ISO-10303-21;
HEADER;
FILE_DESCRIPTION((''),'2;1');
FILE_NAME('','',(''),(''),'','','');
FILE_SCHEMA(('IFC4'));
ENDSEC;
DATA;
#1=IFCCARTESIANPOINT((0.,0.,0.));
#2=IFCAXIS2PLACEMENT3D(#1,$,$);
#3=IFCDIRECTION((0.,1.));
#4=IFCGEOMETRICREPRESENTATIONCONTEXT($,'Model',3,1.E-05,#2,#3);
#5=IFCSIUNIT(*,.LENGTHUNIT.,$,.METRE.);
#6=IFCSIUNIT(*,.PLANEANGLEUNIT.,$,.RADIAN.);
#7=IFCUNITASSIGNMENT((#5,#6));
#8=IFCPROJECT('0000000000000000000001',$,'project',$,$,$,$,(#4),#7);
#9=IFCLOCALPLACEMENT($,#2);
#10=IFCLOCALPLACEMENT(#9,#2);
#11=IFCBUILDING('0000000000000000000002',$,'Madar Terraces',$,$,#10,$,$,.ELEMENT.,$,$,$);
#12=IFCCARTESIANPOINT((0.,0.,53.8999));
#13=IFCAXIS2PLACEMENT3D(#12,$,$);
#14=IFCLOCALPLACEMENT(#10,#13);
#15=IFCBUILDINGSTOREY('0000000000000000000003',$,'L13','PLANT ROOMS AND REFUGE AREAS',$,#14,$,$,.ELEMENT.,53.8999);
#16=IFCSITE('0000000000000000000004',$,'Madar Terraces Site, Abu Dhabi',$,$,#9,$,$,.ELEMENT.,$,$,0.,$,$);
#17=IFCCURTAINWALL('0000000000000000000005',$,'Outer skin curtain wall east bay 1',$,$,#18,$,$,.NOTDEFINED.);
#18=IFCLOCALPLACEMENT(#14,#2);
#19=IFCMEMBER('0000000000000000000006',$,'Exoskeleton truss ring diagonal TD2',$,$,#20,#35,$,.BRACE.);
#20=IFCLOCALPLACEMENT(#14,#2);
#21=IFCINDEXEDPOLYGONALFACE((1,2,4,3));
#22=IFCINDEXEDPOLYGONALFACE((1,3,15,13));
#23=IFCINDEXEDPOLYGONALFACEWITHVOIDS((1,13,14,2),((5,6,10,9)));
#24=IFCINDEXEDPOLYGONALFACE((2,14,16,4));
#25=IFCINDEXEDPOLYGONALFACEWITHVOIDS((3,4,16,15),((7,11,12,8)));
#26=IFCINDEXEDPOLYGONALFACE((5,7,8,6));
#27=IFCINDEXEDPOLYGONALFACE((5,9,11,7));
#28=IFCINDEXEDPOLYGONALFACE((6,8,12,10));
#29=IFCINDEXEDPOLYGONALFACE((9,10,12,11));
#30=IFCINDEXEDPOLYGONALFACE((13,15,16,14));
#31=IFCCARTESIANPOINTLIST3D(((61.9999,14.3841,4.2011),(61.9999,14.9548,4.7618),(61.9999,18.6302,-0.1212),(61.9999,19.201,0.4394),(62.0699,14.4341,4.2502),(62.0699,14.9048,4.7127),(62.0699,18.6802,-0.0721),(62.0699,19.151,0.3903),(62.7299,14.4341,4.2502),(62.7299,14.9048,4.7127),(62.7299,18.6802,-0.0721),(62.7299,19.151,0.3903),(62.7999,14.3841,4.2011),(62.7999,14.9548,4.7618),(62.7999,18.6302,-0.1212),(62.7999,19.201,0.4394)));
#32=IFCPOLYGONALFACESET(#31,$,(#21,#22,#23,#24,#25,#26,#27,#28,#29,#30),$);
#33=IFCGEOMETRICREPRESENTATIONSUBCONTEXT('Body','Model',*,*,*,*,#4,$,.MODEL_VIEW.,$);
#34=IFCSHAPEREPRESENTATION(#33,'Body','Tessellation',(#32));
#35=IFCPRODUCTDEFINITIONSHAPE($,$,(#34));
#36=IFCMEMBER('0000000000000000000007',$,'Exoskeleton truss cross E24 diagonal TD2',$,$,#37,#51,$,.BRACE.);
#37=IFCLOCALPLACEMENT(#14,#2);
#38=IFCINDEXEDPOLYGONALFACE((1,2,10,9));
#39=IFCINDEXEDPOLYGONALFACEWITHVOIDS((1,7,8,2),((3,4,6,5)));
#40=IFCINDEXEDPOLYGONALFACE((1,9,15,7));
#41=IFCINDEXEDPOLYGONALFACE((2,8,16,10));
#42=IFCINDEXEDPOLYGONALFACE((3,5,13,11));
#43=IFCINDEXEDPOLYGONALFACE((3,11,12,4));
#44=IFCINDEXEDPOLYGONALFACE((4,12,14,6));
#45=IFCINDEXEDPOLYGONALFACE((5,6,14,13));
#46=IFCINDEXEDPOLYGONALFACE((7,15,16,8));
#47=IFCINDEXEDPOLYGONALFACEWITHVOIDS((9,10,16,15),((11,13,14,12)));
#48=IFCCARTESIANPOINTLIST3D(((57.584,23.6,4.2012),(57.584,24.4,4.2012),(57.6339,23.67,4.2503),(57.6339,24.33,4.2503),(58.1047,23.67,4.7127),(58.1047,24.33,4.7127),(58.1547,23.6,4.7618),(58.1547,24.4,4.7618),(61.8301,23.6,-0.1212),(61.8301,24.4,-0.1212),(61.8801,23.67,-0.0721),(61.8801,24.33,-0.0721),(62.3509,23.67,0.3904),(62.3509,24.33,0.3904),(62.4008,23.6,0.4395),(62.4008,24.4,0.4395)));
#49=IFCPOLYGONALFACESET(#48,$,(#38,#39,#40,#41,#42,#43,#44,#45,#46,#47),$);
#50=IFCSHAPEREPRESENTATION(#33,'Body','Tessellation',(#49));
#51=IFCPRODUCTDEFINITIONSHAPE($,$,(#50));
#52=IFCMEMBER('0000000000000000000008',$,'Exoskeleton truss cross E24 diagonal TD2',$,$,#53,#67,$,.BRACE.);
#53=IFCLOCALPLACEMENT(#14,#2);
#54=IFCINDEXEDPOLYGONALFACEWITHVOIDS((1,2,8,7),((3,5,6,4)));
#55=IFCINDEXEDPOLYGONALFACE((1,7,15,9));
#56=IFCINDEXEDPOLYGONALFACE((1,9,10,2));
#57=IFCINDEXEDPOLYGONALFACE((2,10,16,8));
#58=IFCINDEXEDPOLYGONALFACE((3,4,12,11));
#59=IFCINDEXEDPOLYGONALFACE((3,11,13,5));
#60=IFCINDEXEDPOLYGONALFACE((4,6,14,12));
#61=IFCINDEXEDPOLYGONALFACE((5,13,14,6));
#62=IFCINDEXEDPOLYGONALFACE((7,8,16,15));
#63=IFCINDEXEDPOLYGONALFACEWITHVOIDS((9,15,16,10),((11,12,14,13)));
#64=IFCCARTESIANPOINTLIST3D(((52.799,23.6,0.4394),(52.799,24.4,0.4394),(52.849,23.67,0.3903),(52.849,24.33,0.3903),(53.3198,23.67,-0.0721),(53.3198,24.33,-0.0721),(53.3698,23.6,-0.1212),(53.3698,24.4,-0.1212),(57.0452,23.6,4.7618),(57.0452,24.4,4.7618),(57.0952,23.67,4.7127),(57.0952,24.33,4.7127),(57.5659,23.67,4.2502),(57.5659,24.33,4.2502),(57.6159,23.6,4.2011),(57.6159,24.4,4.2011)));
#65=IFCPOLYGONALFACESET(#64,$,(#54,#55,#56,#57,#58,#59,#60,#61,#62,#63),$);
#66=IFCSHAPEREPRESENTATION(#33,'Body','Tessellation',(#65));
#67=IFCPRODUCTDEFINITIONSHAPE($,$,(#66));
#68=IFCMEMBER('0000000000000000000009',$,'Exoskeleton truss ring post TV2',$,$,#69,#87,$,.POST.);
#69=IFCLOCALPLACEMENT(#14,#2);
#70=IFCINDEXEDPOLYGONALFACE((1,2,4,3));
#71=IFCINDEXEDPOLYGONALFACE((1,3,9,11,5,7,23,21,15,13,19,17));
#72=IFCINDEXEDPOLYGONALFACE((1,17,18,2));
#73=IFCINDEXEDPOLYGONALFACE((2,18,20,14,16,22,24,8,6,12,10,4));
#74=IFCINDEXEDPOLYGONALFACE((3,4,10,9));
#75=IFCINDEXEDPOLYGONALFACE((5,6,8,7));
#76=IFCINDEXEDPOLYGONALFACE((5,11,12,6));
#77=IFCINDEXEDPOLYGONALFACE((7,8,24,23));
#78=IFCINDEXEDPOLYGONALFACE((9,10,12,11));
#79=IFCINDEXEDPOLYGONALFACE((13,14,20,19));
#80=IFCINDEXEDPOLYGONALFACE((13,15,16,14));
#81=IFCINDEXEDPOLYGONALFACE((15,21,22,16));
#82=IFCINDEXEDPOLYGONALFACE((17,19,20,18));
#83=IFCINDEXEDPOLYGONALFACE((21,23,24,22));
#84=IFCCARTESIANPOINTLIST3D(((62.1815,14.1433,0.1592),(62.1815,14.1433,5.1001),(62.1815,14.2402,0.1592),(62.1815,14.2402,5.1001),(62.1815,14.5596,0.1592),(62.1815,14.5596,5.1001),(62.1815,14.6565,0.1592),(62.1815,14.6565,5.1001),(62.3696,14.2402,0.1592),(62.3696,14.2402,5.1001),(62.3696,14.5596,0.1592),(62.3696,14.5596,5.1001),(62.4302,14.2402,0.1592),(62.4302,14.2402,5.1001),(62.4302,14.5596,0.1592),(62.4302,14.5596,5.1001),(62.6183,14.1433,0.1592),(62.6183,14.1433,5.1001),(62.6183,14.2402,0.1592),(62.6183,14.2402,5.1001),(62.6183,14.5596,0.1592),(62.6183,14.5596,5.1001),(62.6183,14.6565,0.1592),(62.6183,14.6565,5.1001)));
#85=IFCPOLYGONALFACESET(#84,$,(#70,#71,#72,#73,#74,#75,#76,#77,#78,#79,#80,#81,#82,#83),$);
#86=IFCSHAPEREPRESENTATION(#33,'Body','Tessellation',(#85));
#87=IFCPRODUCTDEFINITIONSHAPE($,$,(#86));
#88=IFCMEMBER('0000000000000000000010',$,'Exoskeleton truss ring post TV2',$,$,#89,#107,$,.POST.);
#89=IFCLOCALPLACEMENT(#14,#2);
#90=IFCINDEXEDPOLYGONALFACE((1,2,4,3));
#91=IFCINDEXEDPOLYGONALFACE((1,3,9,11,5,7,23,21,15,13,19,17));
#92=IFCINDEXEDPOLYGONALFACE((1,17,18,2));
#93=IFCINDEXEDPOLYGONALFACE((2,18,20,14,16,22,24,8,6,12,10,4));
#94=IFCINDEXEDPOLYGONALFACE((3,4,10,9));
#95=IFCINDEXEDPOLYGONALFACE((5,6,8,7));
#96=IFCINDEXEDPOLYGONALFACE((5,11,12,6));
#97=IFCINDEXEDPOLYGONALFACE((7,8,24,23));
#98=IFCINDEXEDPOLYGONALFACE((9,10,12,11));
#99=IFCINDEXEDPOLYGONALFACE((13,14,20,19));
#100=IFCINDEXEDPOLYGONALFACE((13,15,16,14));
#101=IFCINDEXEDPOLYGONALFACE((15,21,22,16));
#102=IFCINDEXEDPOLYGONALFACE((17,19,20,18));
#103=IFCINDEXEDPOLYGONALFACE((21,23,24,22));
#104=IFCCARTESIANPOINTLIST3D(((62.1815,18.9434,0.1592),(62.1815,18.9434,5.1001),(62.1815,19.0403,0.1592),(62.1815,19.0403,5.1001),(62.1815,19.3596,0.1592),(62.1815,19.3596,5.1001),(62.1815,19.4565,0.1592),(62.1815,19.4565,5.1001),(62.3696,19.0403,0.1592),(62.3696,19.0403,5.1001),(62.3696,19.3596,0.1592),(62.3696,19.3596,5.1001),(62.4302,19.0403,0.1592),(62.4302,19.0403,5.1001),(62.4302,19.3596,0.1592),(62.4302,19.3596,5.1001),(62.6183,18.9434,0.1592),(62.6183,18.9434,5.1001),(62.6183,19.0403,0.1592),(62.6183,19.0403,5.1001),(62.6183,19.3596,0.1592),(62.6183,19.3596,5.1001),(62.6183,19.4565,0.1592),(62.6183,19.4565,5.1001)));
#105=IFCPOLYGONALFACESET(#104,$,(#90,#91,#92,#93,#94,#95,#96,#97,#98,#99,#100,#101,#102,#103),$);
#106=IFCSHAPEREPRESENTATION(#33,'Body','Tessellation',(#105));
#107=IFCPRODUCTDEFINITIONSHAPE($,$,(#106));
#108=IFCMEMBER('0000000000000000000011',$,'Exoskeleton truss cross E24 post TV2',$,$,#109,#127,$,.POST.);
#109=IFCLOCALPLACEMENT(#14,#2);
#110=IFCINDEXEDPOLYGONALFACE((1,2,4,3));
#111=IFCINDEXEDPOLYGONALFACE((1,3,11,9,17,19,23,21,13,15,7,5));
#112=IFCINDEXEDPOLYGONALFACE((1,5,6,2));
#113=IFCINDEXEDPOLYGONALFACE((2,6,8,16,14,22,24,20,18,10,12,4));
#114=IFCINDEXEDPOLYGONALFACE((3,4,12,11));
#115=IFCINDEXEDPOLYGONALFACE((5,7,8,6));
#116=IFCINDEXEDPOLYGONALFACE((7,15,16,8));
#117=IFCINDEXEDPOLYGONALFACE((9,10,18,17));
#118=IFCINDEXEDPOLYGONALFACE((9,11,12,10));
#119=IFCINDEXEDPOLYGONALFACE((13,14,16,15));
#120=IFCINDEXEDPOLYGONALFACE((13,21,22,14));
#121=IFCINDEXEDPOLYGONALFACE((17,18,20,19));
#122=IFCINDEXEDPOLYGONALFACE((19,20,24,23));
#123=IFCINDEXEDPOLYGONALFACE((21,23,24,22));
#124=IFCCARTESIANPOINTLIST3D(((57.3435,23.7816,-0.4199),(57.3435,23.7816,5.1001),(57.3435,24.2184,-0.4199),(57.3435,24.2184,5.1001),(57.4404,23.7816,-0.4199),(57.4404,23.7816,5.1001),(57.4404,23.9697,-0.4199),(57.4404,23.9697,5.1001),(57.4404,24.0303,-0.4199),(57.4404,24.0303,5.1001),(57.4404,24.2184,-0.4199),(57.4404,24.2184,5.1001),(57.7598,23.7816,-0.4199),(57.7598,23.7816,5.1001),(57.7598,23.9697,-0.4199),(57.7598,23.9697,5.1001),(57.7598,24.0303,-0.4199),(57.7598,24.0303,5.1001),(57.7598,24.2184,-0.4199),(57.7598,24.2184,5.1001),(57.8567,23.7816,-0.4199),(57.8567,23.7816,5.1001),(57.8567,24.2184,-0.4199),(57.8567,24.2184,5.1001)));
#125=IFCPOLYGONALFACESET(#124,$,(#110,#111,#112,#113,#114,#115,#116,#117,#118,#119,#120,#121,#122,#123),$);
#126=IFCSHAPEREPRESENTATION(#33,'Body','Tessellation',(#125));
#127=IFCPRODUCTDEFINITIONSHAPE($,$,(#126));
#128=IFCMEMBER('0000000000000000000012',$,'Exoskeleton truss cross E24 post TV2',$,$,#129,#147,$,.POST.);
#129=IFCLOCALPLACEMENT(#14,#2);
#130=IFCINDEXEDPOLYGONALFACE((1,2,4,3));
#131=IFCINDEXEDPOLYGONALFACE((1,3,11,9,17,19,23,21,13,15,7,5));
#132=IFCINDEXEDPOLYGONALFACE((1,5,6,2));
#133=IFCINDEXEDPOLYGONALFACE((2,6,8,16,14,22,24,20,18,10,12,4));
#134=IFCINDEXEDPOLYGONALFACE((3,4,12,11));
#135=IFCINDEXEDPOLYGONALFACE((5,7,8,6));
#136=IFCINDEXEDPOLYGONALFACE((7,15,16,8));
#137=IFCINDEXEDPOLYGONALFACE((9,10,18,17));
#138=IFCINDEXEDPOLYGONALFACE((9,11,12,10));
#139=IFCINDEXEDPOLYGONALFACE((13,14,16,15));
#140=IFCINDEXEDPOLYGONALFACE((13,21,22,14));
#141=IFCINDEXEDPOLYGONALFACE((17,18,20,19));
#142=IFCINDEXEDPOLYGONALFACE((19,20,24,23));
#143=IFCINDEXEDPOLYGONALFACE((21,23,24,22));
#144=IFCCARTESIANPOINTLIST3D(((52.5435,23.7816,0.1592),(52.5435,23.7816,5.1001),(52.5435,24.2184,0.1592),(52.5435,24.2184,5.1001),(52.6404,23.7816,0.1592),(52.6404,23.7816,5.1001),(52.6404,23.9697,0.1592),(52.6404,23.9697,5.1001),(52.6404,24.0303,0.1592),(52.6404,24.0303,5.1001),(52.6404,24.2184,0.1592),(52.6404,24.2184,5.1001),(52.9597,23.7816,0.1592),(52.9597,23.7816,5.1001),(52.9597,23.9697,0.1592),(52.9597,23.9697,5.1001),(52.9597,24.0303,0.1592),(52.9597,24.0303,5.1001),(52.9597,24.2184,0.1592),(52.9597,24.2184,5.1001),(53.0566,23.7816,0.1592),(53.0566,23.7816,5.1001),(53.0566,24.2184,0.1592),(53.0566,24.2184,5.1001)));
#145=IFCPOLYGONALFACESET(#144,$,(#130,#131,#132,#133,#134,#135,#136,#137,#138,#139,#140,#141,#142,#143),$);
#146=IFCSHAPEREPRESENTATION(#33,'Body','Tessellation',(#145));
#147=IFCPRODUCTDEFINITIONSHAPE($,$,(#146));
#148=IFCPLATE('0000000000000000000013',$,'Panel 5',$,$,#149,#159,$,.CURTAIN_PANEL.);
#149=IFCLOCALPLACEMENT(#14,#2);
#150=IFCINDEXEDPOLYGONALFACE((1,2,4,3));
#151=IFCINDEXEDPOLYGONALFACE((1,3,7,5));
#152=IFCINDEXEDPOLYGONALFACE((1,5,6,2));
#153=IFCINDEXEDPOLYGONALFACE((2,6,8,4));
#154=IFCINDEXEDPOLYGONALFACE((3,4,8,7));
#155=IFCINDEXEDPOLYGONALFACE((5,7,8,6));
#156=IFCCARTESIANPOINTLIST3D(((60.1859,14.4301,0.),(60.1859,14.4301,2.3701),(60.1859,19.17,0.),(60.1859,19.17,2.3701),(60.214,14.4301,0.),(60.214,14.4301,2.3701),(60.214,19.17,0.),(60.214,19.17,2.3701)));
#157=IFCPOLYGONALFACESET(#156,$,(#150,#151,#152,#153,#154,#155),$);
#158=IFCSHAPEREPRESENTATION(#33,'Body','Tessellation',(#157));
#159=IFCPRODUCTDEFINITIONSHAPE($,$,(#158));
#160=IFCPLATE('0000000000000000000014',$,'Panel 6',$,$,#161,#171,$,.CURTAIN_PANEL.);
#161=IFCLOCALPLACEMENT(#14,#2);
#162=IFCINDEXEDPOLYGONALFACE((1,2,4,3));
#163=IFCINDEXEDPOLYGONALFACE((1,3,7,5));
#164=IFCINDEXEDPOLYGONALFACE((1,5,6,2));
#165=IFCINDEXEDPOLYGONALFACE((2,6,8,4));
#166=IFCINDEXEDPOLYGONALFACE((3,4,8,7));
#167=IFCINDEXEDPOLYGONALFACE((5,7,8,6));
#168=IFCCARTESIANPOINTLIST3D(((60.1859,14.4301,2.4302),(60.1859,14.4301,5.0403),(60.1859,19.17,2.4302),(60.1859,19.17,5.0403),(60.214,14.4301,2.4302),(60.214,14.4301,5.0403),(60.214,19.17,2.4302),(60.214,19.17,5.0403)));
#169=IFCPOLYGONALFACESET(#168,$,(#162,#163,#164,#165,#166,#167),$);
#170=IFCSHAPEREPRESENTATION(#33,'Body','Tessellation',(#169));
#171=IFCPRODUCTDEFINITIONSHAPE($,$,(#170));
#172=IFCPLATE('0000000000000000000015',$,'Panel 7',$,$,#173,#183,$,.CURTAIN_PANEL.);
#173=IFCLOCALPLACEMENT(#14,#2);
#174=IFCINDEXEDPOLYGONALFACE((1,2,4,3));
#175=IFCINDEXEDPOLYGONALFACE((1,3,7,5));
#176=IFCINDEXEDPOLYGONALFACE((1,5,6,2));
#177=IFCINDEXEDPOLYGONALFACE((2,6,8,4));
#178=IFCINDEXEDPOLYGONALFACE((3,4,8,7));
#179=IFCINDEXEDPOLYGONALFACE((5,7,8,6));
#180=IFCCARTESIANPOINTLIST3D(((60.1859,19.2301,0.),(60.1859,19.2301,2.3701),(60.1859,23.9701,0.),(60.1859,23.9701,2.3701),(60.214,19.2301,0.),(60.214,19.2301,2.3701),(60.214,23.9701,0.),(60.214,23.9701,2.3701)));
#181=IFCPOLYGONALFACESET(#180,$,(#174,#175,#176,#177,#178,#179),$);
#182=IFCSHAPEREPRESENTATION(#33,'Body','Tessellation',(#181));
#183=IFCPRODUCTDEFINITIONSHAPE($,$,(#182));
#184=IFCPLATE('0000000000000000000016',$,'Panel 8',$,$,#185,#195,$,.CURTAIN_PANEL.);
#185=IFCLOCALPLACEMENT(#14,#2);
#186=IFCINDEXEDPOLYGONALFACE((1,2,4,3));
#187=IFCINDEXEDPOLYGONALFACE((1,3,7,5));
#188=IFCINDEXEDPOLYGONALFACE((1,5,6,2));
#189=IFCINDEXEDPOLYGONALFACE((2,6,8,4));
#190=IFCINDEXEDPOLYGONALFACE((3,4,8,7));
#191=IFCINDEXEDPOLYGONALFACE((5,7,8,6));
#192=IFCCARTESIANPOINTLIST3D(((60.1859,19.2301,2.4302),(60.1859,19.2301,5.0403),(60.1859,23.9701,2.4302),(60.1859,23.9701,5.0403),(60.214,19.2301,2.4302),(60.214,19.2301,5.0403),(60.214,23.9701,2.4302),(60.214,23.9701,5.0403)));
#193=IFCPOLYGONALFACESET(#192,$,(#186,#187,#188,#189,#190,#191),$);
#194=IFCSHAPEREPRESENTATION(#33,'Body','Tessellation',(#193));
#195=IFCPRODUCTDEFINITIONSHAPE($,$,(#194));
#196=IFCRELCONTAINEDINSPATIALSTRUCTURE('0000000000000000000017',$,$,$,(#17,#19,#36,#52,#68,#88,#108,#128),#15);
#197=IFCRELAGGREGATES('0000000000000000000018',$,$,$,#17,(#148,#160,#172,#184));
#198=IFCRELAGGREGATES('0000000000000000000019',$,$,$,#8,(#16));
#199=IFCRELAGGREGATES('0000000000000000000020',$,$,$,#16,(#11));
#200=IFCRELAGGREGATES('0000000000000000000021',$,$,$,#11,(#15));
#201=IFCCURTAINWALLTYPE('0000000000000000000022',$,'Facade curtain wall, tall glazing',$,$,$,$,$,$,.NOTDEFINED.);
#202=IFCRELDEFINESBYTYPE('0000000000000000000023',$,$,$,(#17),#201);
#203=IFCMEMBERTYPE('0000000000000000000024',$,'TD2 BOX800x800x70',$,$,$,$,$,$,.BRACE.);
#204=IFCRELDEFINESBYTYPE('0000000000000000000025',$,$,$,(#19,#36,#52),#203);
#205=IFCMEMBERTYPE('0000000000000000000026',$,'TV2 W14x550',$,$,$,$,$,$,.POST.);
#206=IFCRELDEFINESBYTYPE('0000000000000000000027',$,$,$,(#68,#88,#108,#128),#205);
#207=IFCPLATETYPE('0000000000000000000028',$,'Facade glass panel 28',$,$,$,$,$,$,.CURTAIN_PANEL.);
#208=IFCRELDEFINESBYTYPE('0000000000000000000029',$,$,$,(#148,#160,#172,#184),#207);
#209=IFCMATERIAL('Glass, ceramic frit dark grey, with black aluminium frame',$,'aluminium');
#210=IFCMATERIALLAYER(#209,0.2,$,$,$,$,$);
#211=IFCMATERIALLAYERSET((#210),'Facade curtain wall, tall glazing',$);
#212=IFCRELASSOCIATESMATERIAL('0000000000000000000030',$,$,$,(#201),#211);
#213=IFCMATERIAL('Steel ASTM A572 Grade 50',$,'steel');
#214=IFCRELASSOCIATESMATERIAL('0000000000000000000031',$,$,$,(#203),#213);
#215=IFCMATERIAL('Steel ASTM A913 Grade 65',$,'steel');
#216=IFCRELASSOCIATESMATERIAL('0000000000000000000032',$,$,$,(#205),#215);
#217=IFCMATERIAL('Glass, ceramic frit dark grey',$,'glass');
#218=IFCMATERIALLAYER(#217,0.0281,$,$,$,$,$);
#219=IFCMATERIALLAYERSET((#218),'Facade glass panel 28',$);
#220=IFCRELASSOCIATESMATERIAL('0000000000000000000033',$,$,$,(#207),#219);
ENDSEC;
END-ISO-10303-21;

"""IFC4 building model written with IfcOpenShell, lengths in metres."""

from ifc_helpers import new_model, si_unit, direction, frame, origin, origin_2d, place, context, subcontext, project, spatial, rectangle, hollow_rectangle, i_section, extrude, material, layer, layer_set, material_profile, profile_set, type_object, element, aggregate, save


model = new_model("IFC4")

# Units and contexts
model_context = context("Model", 3, precision=1e-05, world=origin(), true_north=direction((0.0, 1.0)))
body_context = subcontext(model_context, "Body", "Model", "MODEL_VIEW")
ifc_project = project(units=[si_unit("LENGTHUNIT", "METRE"), si_unit("PLANEANGLEUNIT", "RADIAN")], contexts=[model_context])

# Site, building, storey
site_placement = place(None, origin())
site = spatial("IfcSite", under=ifc_project, at=site_placement, Name="Madar Terraces Site, Abu Dhabi", CompositionType="ELEMENT", RefElevation=0.0)
building_placement = place(site_placement, origin())
building = spatial("IfcBuilding", under=site, at=building_placement, Name="Madar Terraces", CompositionType="ELEMENT")
storey_placement = place(building_placement, frame((0.0, 0.0, 53.8999)))
storey = spatial("IfcBuildingStorey", under=building, at=storey_placement, Name="L13", Description="PLANT ROOMS AND REFUGE AREAS", CompositionType="ELEMENT", Elevation=53.8999)

# Curtain wall
ifc_material_1 = material(Name="Glass, ceramic frit dark grey, with black aluminium frame", Category="aluminium")
ifc_layer_1 = layer(ifc_material_1, 0.2)
ifc_layer_set_1 = layer_set([ifc_layer_1], Name="Facade curtain wall, tall glazing")
curtain_wall_type = type_object("IfcCurtainWallType", Name="Facade curtain wall, tall glazing", PredefinedType="NOTDEFINED", material=ifc_layer_set_1)
curtain_wall_placement = place(storey_placement, origin())
curtain_wall = element("IfcCurtainWall", 1, at=curtain_wall_placement, inside=storey, type_object=curtain_wall_type, Name="Outer skin curtain wall east bay 1", PredefinedType="NOTDEFINED")

# Members
ifc_material_2 = material(Name="Steel ASTM A572 Grade 50", Category="steel")
ifc_material_profile_1 = material_profile(ifc_material_2, hollow_rectangle(XDim=0.8, YDim=0.8, WallThickness=0.0701, at=origin_2d()), Name="BOX800x800x70")
ifc_profile_set_1 = profile_set([ifc_material_profile_1], Name="Steel ASTM A572 Grade 50")
member_type_1 = type_object("IfcMemberType", Name="TD2 BOX800x800x70", PredefinedType="BRACE", material=ifc_profile_set_1)
for number, where, z_axis, x_axis, name in (
    (2, (62.3999, 14.6694, 4.4814), (0.0, 0.700793, -0.713365), (-1.0, 0.0, 0.0), "Exoskeleton truss ring diagonal TD2"),
    (3, (62.1155, 24.0, 0.1592), (-0.700793, 0.0, 0.713365), (0.0, -1.0, 0.0), "Exoskeleton truss cross E24 diagonal TD2"),
    (4, (57.3306, 24.0, 4.4814), (-0.700793, 0.0, -0.713365), (0.0, -1.0, 0.0), "Exoskeleton truss cross E24 diagonal TD2"),
):
    element("IfcMember", number, at=place(storey_placement, frame(where, z_axis=z_axis, x_axis=x_axis)), inside=storey, type_object=member_type_1, Name=name, PredefinedType="BRACE", context=body_context, shape_type="SweptSolid", body=[
        extrude(hollow_rectangle(XDim=0.8, YDim=0.8, WallThickness=0.0701, at=origin_2d()), origin(), (0.0, 0.0, 1.0), 6.0591),
    ])
ifc_material_3 = material(Name="Steel ASTM A913 Grade 65", Category="steel")
ifc_material_profile_2 = material_profile(ifc_material_3, i_section(OverallWidth=0.4368, OverallDepth=0.5132, WebThickness=0.0605, FlangeThickness=0.0969, at=origin_2d()), Name="W14x550")
ifc_profile_set_2 = profile_set([ifc_material_profile_2], Name="Steel ASTM A913 Grade 65")
member_type_2 = type_object("IfcMemberType", Name="TV2 W14x550", PredefinedType="POST", material=ifc_profile_set_2)
for number, where, z_axis, x_axis, name in (
    (5, (62.3999, 14.3999, 0.1592), (0.0, 0.0, 1.0), (-1.0, 0.0, 0.0), "Exoskeleton truss ring post TV2"),
    (6, (62.3999, 19.2, 0.1592), (0.0, 0.0, 1.0), (-1.0, 0.0, 0.0), "Exoskeleton truss ring post TV2"),
):
    element("IfcMember", number, at=place(storey_placement, frame(where, z_axis=z_axis, x_axis=x_axis)), inside=storey, type_object=member_type_2, Name=name, PredefinedType="POST", context=body_context, shape_type="SweptSolid", body=[
        extrude(i_section(OverallWidth=0.4368, OverallDepth=0.5132, WebThickness=0.0605, FlangeThickness=0.0969, at=origin_2d()), origin(), (0.0, 0.0, 1.0), 4.9409),
    ])
member_1_placement = place(storey_placement, frame((57.6001, 24.0, -0.4199), z_axis=(0.0, 0.0, 1.0), x_axis=(0.0, 1.0, 0.0)))
element("IfcMember", 7, at=member_1_placement, inside=storey, type_object=member_type_2, Name="Exoskeleton truss cross E24 post TV2", PredefinedType="POST", context=body_context, shape_type="SweptSolid", body=[
    extrude(i_section(OverallWidth=0.4368, OverallDepth=0.5132, WebThickness=0.0605, FlangeThickness=0.0969, at=origin_2d()), origin(), (0.0, 0.0, 1.0), 5.52),
])
member_2_placement = place(storey_placement, frame((52.8, 24.0, 0.1592), z_axis=(0.0, 0.0, 1.0), x_axis=(0.0, 1.0, 0.0)))
element("IfcMember", 8, at=member_2_placement, inside=storey, type_object=member_type_2, Name="Exoskeleton truss cross E24 post TV2", PredefinedType="POST", context=body_context, shape_type="SweptSolid", body=[
    extrude(i_section(OverallWidth=0.4368, OverallDepth=0.5132, WebThickness=0.0605, FlangeThickness=0.0969, at=origin_2d()), origin(), (0.0, 0.0, 1.0), 4.9409),
])

# Plates
ifc_material_4 = material(Name="Glass, ceramic frit dark grey", Category="glass")
ifc_layer_2 = layer(ifc_material_4, 0.0281)
ifc_layer_set_2 = layer_set([ifc_layer_2], Name="Facade glass panel 28")
plate_type = type_object("IfcPlateType", Name="Facade glass panel 28", PredefinedType="CURTAIN_PANEL", material=ifc_layer_set_2)
plate_1_placement = place(storey_placement, frame((60.2, 16.8, 0.0), z_axis=(0.0, 0.0, 1.0), x_axis=(0.0, 1.0, 0.0)))
plate_1 = element("IfcPlate", 9, at=plate_1_placement, type_object=plate_type, Name="Panel 5", PredefinedType="CURTAIN_PANEL", context=body_context, shape_type="SweptSolid", body=[
    extrude(rectangle(XDim=4.74, YDim=0.0281, at=origin_2d()), origin(), (0.0, 0.0, 1.0), 2.3701),
])
plate_2_placement = place(storey_placement, frame((60.2, 16.8, 2.4302), z_axis=(0.0, 0.0, 1.0), x_axis=(0.0, 1.0, 0.0)))
plate_2 = element("IfcPlate", 10, at=plate_2_placement, type_object=plate_type, Name="Panel 6", PredefinedType="CURTAIN_PANEL", context=body_context, shape_type="SweptSolid", body=[
    extrude(rectangle(XDim=4.74, YDim=0.0281, at=origin_2d()), origin(), (0.0, 0.0, 1.0), 2.6101),
])
plate_3_placement = place(storey_placement, frame((60.2, 21.6001, 0.0), z_axis=(0.0, 0.0, 1.0), x_axis=(0.0, 1.0, 0.0)))
plate_3 = element("IfcPlate", 11, at=plate_3_placement, type_object=plate_type, Name="Panel 7", PredefinedType="CURTAIN_PANEL", context=body_context, shape_type="SweptSolid", body=[
    extrude(rectangle(XDim=4.74, YDim=0.0281, at=origin_2d()), origin(), (0.0, 0.0, 1.0), 2.3701),
])
plate_4_placement = place(storey_placement, frame((60.2, 21.6001, 2.4302), z_axis=(0.0, 0.0, 1.0), x_axis=(0.0, 1.0, 0.0)))
plate_4 = element("IfcPlate", 12, at=plate_4_placement, type_object=plate_type, Name="Panel 8", PredefinedType="CURTAIN_PANEL", context=body_context, shape_type="SweptSolid", body=[
    extrude(rectangle(XDim=4.74, YDim=0.0281, at=origin_2d()), origin(), (0.0, 0.0, 1.0), 2.6101),
])
aggregate(curtain_wall, [plate_1, plate_2, plate_3, plate_4])

save(model, "model.ifc")
